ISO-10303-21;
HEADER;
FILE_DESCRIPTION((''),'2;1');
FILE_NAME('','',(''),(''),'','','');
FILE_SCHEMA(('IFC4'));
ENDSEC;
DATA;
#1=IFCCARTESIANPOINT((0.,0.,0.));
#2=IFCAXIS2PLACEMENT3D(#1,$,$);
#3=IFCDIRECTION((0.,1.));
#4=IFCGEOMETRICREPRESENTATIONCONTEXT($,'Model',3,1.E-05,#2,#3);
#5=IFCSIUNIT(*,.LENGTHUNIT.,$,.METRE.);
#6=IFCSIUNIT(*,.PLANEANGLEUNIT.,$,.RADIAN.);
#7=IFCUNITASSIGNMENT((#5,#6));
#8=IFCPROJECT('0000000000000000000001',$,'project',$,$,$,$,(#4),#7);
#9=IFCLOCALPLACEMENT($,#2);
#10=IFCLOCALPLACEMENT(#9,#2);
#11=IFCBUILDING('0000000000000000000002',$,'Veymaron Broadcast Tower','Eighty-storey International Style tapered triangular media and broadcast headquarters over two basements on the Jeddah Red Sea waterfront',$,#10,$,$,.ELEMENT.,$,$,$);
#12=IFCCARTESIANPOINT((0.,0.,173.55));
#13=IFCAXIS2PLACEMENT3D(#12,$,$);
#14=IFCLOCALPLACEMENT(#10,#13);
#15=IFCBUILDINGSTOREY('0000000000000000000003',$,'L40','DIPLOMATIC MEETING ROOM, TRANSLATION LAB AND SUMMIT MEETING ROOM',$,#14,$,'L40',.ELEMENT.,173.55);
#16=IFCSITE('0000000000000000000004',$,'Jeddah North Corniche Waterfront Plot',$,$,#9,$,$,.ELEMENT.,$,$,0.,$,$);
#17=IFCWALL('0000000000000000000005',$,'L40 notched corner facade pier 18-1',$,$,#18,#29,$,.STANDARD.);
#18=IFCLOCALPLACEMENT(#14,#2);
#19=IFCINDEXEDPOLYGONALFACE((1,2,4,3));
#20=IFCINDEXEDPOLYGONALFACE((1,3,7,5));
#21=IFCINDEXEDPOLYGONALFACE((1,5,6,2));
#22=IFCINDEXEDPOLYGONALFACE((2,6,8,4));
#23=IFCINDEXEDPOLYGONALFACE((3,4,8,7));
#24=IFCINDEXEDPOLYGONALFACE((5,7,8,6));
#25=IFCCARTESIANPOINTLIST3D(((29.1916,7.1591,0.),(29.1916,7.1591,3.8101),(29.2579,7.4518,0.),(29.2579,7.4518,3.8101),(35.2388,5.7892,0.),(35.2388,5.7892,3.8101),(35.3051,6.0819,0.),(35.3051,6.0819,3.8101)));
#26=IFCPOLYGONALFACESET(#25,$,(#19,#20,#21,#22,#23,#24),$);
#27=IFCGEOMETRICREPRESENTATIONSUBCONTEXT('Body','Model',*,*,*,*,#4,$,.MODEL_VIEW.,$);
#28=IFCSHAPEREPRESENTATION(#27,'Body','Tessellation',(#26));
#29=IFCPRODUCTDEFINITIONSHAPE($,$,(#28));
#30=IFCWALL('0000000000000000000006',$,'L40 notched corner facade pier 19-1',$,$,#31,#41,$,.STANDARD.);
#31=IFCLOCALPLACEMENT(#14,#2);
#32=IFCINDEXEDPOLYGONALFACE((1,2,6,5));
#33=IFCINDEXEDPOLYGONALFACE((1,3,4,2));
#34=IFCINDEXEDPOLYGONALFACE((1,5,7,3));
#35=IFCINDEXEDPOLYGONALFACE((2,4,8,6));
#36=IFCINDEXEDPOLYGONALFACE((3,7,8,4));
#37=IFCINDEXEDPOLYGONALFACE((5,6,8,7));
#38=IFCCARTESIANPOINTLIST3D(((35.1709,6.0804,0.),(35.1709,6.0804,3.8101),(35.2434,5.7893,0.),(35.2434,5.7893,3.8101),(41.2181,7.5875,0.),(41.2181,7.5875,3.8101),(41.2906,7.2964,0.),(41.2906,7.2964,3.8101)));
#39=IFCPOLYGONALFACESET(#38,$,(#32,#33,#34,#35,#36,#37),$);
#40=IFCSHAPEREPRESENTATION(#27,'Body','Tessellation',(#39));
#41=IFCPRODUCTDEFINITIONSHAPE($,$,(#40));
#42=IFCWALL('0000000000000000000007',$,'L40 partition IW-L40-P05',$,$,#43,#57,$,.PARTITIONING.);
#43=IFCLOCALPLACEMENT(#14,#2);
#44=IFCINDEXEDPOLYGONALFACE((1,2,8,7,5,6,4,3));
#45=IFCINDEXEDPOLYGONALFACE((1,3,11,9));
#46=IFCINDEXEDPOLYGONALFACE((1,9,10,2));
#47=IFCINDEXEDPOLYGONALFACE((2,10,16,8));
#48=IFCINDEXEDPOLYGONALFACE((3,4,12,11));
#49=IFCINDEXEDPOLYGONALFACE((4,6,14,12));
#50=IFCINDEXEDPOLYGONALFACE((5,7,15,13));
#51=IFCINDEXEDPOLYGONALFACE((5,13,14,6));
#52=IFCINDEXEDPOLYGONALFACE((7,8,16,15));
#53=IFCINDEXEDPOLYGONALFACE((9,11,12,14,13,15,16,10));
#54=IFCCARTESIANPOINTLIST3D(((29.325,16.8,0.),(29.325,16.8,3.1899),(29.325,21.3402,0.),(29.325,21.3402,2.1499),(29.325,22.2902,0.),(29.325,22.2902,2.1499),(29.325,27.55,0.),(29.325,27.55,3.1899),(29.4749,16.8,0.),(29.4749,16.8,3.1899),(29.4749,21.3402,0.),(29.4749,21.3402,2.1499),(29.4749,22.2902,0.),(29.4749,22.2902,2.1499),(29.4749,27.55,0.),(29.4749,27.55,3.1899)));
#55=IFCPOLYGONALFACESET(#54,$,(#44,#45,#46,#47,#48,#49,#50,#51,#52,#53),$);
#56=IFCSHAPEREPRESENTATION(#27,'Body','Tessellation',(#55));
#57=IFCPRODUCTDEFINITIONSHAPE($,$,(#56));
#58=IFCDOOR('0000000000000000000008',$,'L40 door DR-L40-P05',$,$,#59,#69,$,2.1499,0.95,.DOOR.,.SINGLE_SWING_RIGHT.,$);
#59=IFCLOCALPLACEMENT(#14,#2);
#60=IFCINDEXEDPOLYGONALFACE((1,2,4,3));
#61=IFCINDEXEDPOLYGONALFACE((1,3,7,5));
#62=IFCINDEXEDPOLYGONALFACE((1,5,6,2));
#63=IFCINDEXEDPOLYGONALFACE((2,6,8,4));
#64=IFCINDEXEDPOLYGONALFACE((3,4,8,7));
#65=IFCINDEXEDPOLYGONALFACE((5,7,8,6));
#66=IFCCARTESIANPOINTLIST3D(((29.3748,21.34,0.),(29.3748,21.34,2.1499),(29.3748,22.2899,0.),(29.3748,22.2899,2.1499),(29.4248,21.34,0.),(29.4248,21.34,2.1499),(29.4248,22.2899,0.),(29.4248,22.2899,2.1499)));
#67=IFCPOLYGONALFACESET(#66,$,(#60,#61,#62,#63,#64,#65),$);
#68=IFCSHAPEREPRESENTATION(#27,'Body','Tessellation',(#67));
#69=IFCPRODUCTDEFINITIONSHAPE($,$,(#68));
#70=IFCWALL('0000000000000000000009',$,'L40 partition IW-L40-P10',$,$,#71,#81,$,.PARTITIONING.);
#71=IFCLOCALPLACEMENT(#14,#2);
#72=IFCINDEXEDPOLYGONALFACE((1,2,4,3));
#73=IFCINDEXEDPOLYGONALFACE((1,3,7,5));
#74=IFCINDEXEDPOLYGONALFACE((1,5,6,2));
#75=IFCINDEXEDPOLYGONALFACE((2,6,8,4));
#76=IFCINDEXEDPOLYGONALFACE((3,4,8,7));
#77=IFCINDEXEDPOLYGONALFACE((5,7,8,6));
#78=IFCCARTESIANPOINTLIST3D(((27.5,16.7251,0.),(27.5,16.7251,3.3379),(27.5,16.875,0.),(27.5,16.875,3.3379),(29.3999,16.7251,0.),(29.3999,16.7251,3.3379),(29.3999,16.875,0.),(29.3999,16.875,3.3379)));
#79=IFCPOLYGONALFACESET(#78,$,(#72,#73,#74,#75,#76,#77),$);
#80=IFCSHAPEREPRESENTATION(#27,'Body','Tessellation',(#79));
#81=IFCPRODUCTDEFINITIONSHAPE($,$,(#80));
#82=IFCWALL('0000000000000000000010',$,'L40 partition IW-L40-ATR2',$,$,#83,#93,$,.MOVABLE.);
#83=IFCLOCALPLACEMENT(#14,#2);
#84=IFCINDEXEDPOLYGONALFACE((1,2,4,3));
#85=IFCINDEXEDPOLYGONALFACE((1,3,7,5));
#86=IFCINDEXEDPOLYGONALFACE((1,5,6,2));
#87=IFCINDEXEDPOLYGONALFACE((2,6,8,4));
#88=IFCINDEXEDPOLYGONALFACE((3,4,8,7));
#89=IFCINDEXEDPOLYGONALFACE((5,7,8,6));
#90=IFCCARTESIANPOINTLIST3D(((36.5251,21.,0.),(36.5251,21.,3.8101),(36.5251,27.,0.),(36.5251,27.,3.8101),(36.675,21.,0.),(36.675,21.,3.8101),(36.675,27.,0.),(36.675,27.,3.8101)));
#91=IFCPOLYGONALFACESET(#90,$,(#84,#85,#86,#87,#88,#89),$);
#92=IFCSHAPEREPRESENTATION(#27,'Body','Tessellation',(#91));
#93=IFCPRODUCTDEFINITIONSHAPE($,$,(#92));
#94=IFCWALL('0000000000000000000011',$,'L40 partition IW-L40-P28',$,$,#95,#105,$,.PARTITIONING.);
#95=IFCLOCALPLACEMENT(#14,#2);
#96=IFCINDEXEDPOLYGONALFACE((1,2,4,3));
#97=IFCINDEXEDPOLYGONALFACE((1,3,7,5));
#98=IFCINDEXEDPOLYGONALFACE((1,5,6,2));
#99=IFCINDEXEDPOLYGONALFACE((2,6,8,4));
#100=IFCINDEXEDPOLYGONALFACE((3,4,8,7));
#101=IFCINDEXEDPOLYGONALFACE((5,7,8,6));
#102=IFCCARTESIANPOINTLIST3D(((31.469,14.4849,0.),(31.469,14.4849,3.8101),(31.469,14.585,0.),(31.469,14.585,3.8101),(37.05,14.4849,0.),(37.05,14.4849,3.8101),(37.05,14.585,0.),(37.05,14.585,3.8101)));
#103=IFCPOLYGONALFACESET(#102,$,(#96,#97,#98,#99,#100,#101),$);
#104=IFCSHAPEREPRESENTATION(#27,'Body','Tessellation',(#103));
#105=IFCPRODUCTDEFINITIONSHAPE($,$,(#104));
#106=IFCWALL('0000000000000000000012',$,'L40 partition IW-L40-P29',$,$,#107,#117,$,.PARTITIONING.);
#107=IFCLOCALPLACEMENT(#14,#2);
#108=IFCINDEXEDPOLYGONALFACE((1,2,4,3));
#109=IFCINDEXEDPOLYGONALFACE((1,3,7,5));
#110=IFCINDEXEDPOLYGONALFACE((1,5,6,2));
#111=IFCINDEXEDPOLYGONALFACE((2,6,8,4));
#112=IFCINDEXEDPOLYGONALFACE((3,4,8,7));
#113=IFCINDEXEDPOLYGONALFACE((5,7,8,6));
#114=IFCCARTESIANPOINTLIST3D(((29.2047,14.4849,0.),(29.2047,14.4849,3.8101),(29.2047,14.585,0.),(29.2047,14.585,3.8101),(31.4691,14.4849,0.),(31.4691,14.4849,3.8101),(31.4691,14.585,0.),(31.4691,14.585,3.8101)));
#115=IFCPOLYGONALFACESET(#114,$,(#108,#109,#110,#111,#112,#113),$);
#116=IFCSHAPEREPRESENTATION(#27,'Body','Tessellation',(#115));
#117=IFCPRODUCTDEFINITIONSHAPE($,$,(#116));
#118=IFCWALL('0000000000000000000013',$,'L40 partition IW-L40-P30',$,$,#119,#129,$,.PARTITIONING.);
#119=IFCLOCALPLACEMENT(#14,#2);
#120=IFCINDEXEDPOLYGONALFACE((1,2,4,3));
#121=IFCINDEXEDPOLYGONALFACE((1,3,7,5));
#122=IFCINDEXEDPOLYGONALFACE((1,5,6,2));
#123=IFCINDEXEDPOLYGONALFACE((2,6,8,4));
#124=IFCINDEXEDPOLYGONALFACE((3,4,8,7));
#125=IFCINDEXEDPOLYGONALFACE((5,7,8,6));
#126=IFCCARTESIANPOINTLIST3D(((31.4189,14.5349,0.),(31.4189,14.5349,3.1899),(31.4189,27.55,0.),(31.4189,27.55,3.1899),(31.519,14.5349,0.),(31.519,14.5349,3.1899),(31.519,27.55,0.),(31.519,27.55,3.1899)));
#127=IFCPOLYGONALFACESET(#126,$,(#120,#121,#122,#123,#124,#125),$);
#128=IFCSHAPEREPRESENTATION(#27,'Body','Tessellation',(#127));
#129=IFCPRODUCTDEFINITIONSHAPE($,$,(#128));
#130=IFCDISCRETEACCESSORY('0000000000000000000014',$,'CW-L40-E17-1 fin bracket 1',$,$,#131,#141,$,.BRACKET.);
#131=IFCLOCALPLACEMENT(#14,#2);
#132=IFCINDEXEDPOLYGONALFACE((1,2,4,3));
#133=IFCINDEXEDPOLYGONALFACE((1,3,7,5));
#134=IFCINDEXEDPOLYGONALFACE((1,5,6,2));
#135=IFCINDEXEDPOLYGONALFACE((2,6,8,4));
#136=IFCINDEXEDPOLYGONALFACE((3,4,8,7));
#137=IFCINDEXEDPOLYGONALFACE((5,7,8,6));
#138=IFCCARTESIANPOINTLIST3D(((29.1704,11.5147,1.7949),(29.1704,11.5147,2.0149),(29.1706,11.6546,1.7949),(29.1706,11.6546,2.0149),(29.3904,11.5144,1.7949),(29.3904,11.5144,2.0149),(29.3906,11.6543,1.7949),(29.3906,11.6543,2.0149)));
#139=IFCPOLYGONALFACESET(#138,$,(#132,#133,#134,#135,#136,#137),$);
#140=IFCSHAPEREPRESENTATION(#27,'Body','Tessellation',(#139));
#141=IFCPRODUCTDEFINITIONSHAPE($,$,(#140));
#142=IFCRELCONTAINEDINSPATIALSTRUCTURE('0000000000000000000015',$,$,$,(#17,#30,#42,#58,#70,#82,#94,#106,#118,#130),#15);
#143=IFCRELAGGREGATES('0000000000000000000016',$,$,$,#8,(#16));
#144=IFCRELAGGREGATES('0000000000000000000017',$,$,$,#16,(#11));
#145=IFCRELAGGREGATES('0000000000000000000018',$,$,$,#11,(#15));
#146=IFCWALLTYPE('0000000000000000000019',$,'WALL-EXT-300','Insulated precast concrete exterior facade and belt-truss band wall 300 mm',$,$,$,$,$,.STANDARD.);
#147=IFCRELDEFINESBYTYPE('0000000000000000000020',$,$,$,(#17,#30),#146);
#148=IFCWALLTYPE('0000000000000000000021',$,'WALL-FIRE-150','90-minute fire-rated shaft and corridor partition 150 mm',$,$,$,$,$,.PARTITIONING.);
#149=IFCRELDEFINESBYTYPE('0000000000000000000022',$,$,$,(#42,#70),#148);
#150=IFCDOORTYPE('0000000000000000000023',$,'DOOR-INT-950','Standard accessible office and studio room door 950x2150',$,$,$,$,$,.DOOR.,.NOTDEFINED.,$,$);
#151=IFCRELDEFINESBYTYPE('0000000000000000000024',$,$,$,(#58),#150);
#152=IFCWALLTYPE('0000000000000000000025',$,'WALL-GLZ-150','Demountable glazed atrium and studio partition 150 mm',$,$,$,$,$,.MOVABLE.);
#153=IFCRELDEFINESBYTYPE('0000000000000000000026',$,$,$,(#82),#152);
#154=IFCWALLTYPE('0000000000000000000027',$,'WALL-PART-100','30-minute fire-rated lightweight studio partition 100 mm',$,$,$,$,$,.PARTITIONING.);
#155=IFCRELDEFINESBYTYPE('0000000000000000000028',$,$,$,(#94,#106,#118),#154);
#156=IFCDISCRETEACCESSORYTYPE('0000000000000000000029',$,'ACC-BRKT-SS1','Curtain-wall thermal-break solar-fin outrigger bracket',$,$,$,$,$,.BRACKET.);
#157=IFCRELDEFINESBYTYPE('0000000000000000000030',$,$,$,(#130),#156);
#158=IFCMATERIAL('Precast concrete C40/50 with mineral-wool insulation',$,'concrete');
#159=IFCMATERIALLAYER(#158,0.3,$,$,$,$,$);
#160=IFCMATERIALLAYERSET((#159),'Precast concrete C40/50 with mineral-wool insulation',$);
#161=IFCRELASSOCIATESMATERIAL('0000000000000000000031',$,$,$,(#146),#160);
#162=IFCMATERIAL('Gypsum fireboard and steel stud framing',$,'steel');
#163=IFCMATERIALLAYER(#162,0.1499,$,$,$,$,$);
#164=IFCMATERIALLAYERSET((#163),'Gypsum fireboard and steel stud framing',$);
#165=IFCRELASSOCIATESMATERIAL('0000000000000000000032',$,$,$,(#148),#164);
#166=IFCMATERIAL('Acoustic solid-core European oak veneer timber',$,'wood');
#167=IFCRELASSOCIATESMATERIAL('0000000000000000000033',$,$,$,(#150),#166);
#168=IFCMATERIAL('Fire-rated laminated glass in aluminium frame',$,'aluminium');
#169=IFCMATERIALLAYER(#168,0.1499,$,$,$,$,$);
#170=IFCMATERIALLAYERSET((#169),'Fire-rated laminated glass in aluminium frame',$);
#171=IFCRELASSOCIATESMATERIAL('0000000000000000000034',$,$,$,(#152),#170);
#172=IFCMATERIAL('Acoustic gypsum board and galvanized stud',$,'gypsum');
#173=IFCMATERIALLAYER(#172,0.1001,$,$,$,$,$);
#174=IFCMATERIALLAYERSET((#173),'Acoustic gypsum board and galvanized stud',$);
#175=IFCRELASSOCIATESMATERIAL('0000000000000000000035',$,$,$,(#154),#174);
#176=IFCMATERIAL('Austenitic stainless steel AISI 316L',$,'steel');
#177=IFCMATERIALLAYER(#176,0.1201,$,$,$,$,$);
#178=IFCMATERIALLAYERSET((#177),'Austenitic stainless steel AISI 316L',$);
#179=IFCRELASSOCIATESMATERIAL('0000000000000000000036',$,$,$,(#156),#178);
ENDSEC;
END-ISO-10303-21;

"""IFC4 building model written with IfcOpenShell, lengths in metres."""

from ifc_helpers import new_model, si_unit, direction, frame, frame_2d, origin, origin_2d, place, context, subcontext, project, spatial, rectangle, extrude, material, layer, layer_set, type_object, element, fill, save


model = new_model("IFC4")

# Units and contexts
model_context = context("Model", 3, precision=1e-05, world=origin(), true_north=direction((0.0, 1.0)))
body_context = subcontext(model_context, "Body", "Model", "MODEL_VIEW")
ifc_project = project(units=[si_unit("LENGTHUNIT", "METRE"), si_unit("PLANEANGLEUNIT", "RADIAN")], contexts=[model_context])

# Site, building, storey
site_placement = place(None, origin())
site = spatial("IfcSite", under=ifc_project, at=site_placement, Name="Jeddah North Corniche Waterfront Plot", CompositionType="ELEMENT", RefElevation=0.0)
building_placement = place(site_placement, origin())
building = spatial("IfcBuilding", under=site, at=building_placement, Name="Veymaron Broadcast Tower", Description="Eighty-storey International Style tapered triangular media and broadcast headquarters over two basements on the Jeddah Red Sea waterfront", CompositionType="ELEMENT")
storey_placement = place(building_placement, frame((0.0, 0.0, 173.55)))
storey = spatial("IfcBuildingStorey", under=building, at=storey_placement, Name="L40", Description="DIPLOMATIC MEETING ROOM, TRANSLATION LAB AND SUMMIT MEETING ROOM", LongName="L40", CompositionType="ELEMENT", Elevation=173.55)

# Walls
ifc_material_1 = material(Name="Precast concrete C40/50 with mineral-wool insulation", Category="concrete")
ifc_layer_1 = layer(ifc_material_1, 0.3)
ifc_layer_set_1 = layer_set([ifc_layer_1], Name="Precast concrete C40/50 with mineral-wool insulation")
wall_type_1 = type_object("IfcWallType", Name="WALL-EXT-300", Description="Insulated precast concrete exterior facade and belt-truss band wall 300 mm", PredefinedType="STANDARD", material=ifc_layer_set_1)
wall_1_placement = place(storey_placement, frame((29.2249, 7.3054, 0.0), z_axis=(0.0, 0.0, 1.0), x_axis=(0.975288, -0.220935, 0.0)))
element("IfcWall", 1, at=wall_1_placement, inside=storey, type_object=wall_type_1, Name="L40 notched corner facade pier 18-1", PredefinedType="STANDARD", context=body_context, shape_type="SweptSolid", body=[
    extrude(rectangle(XDim=6.2004, YDim=0.3, at=frame_2d((3.1001, 0.0))), origin(), (0.0, 0.0, 1.0), 3.8101),
])
wall_2_placement = place(storey_placement, frame((35.207, 5.9348, 0.0), z_axis=(0.0, 0.0, 1.0), x_axis=(0.97032, 0.241826, 0.0)))
element("IfcWall", 2, at=wall_2_placement, inside=storey, type_object=wall_type_1, Name="L40 notched corner facade pier 19-1", PredefinedType="STANDARD", context=body_context, shape_type="SweptSolid", body=[
    extrude(rectangle(XDim=6.2322, YDim=0.3, at=frame_2d((3.1162, 0.0))), origin(), (0.0, 0.0, 1.0), 3.8101),
])

# Wall, opening, door
ifc_material_2 = material(Name="Gypsum fireboard and steel stud framing", Category="steel")
ifc_layer_2 = layer(ifc_material_2, 0.1499)
ifc_layer_set_2 = layer_set([ifc_layer_2], Name="Gypsum fireboard and steel stud framing")
wall_type_2 = type_object("IfcWallType", Name="WALL-FIRE-150", Description="90-minute fire-rated shaft and corridor partition 150 mm", PredefinedType="PARTITIONING", material=ifc_layer_set_2)
wall_3_placement = place(storey_placement, frame((29.3999, 16.8, 0.0), z_axis=(0.0, 0.0, 1.0), x_axis=(0.0, 1.0, 0.0)))
wall_3 = element("IfcWall", 3, at=wall_3_placement, inside=storey, type_object=wall_type_2, Name="L40 partition IW-L40-P05", PredefinedType="PARTITIONING", context=body_context, shape_type="SweptSolid", body=[
    extrude(rectangle(XDim=10.75, YDim=0.1499, at=frame_2d((5.375, 0.0))), origin(), (0.0, 0.0, 1.0), 3.1899),
])
opening_placement = place(wall_3_placement, frame((4.54, 0.0, 0.0)))
opening = element("IfcOpeningElement", 4, at=opening_placement, cuts=wall_3, PredefinedType="OPENING", context=body_context, shape_type="SweptSolid", body=[
    extrude(rectangle(XDim=0.95, YDim=2.1499, at=frame_2d((0.4751, 1.075))), frame((0.0, 0.085, 0.0), z_axis=(0.0, -1.0, 0.0), x_axis=(1.0, 0.0, 0.0)), (0.0, 0.0, 1.0), 0.1699),
])
ifc_material_3 = material(Name="Acoustic solid-core European oak veneer timber", Category="wood")
door_type = type_object("IfcDoorType", Name="DOOR-INT-950", Description="Standard accessible office and studio room door 950x2150", OperationType="NOTDEFINED", PredefinedType="DOOR", material=ifc_material_3)
door_placement = place(opening_placement, frame((0.95, 0.0, 0.0), z_axis=(0.0, 0.0, 1.0), x_axis=(-1.0, 0.0, 0.0)))
door = element("IfcDoor", 5, at=door_placement, inside=storey, type_object=door_type, Name="L40 door DR-L40-P05", OperationType="SINGLE_SWING_RIGHT", OverallHeight=2.1499, OverallWidth=0.95, PredefinedType="DOOR", context=body_context, shape_type="SweptSolid", body=[
    extrude(rectangle(XDim=0.95, YDim=2.1499, at=frame_2d((0.4751, 1.075))), frame((0.0, 0.0249, 0.0), z_axis=(0.0, -1.0, 0.0), x_axis=(1.0, 0.0, 0.0)), (0.0, 0.0, 1.0), 0.05),
])
fill(opening, door)

# Walls
wall_4_placement = place(storey_placement, frame((27.5, 16.8, 0.0), z_axis=(0.0, 0.0, 1.0), x_axis=(1.0, 0.0, 0.0)))
element("IfcWall", 6, at=wall_4_placement, inside=storey, type_object=wall_type_2, Name="L40 partition IW-L40-P10", PredefinedType="PARTITIONING", context=body_context, shape_type="SweptSolid", body=[
    extrude(rectangle(XDim=1.8999, YDim=0.1499, at=frame_2d((0.95, 0.0))), origin(), (0.0, 0.0, 1.0), 3.3379),
])
ifc_material_4 = material(Name="Fire-rated laminated glass in aluminium frame", Category="aluminium")
ifc_layer_3 = layer(ifc_material_4, 0.1499)
ifc_layer_set_3 = layer_set([ifc_layer_3], Name="Fire-rated laminated glass in aluminium frame")
wall_type_3 = type_object("IfcWallType", Name="WALL-GLZ-150", Description="Demountable glazed atrium and studio partition 150 mm", PredefinedType="MOVABLE", material=ifc_layer_set_3)
wall_5_placement = place(storey_placement, frame((36.6001, 21.0, 0.0), z_axis=(0.0, 0.0, 1.0), x_axis=(0.0, 1.0, 0.0)))
element("IfcWall", 7, at=wall_5_placement, inside=storey, type_object=wall_type_3, Name="L40 partition IW-L40-ATR2", PredefinedType="MOVABLE", context=body_context, shape_type="SweptSolid", body=[
    extrude(rectangle(XDim=6.0, YDim=0.1499, at=frame_2d((3.0, 0.0))), origin(), (0.0, 0.0, 1.0), 3.8101),
])
ifc_material_5 = material(Name="Acoustic gypsum board and galvanized stud", Category="gypsum")
ifc_layer_4 = layer(ifc_material_5, 0.1001)
ifc_layer_set_4 = layer_set([ifc_layer_4], Name="Acoustic gypsum board and galvanized stud")
wall_type_4 = type_object("IfcWallType", Name="WALL-PART-100", Description="30-minute fire-rated lightweight studio partition 100 mm", PredefinedType="PARTITIONING", material=ifc_layer_set_4)
wall_6_placement = place(storey_placement, frame((31.469, 14.5349, 0.0), z_axis=(0.0, 0.0, 1.0), x_axis=(1.0, 0.0, 0.0)))
element("IfcWall", 8, at=wall_6_placement, inside=storey, type_object=wall_type_4, Name="L40 partition IW-L40-P28", PredefinedType="PARTITIONING", context=body_context, shape_type="SweptSolid", body=[
    extrude(rectangle(XDim=5.5811, YDim=0.1001, at=frame_2d((2.7905, 0.0))), origin(), (0.0, 0.0, 1.0), 3.8101),
])
wall_7_placement = place(storey_placement, frame((29.2046, 14.5349, 0.0), z_axis=(0.0, 0.0, 1.0), x_axis=(1.0, 0.0, 0.0)))
element("IfcWall", 9, at=wall_7_placement, inside=storey, type_object=wall_type_4, Name="L40 partition IW-L40-P29", PredefinedType="PARTITIONING", context=body_context, shape_type="SweptSolid", body=[
    extrude(rectangle(XDim=2.2644, YDim=0.1001, at=frame_2d((1.1323, 0.0))), origin(), (0.0, 0.0, 1.0), 3.8101),
])
wall_8_placement = place(storey_placement, frame((31.469, 14.5349, 0.0), z_axis=(0.0, 0.0, 1.0), x_axis=(0.0, 1.0, 0.0)))
element("IfcWall", 10, at=wall_8_placement, inside=storey, type_object=wall_type_4, Name="L40 partition IW-L40-P30", PredefinedType="PARTITIONING", context=body_context, shape_type="SweptSolid", body=[
    extrude(rectangle(XDim=13.0151, YDim=0.1001, at=frame_2d((6.5076, 0.0))), origin(), (0.0, 0.0, 1.0), 3.1899),
])

# Discrete accessory
ifc_material_6 = material(Name="Austenitic stainless steel AISI 316L", Category="steel")
ifc_layer_5 = layer(ifc_material_6, 0.1201)
ifc_layer_set_5 = layer_set([ifc_layer_5], Name="Austenitic stainless steel AISI 316L")
discrete_accessory_type = type_object("IfcDiscreteAccessoryType", Name="ACC-BRKT-SS1", Description="Curtain-wall thermal-break solar-fin outrigger bracket", PredefinedType="BRACKET", material=ifc_layer_set_5)
discrete_accessory_placement = place(storey_placement, frame((29.2805, 11.5845, 1.7949), z_axis=(0.0, 0.0, 1.0), x_axis=(-0.999999, 0.001449, 0.0)))
element("IfcDiscreteAccessory", 11, at=discrete_accessory_placement, inside=storey, type_object=discrete_accessory_type, Name="CW-L40-E17-1 fin bracket 1", PredefinedType="BRACKET", context=body_context, shape_type="SweptSolid", body=[
    extrude(rectangle(XDim=0.22, YDim=0.1399, at=origin_2d()), origin(), (0.0, 0.0, 1.0), 0.22),
])

save(model, "model.ifc")
